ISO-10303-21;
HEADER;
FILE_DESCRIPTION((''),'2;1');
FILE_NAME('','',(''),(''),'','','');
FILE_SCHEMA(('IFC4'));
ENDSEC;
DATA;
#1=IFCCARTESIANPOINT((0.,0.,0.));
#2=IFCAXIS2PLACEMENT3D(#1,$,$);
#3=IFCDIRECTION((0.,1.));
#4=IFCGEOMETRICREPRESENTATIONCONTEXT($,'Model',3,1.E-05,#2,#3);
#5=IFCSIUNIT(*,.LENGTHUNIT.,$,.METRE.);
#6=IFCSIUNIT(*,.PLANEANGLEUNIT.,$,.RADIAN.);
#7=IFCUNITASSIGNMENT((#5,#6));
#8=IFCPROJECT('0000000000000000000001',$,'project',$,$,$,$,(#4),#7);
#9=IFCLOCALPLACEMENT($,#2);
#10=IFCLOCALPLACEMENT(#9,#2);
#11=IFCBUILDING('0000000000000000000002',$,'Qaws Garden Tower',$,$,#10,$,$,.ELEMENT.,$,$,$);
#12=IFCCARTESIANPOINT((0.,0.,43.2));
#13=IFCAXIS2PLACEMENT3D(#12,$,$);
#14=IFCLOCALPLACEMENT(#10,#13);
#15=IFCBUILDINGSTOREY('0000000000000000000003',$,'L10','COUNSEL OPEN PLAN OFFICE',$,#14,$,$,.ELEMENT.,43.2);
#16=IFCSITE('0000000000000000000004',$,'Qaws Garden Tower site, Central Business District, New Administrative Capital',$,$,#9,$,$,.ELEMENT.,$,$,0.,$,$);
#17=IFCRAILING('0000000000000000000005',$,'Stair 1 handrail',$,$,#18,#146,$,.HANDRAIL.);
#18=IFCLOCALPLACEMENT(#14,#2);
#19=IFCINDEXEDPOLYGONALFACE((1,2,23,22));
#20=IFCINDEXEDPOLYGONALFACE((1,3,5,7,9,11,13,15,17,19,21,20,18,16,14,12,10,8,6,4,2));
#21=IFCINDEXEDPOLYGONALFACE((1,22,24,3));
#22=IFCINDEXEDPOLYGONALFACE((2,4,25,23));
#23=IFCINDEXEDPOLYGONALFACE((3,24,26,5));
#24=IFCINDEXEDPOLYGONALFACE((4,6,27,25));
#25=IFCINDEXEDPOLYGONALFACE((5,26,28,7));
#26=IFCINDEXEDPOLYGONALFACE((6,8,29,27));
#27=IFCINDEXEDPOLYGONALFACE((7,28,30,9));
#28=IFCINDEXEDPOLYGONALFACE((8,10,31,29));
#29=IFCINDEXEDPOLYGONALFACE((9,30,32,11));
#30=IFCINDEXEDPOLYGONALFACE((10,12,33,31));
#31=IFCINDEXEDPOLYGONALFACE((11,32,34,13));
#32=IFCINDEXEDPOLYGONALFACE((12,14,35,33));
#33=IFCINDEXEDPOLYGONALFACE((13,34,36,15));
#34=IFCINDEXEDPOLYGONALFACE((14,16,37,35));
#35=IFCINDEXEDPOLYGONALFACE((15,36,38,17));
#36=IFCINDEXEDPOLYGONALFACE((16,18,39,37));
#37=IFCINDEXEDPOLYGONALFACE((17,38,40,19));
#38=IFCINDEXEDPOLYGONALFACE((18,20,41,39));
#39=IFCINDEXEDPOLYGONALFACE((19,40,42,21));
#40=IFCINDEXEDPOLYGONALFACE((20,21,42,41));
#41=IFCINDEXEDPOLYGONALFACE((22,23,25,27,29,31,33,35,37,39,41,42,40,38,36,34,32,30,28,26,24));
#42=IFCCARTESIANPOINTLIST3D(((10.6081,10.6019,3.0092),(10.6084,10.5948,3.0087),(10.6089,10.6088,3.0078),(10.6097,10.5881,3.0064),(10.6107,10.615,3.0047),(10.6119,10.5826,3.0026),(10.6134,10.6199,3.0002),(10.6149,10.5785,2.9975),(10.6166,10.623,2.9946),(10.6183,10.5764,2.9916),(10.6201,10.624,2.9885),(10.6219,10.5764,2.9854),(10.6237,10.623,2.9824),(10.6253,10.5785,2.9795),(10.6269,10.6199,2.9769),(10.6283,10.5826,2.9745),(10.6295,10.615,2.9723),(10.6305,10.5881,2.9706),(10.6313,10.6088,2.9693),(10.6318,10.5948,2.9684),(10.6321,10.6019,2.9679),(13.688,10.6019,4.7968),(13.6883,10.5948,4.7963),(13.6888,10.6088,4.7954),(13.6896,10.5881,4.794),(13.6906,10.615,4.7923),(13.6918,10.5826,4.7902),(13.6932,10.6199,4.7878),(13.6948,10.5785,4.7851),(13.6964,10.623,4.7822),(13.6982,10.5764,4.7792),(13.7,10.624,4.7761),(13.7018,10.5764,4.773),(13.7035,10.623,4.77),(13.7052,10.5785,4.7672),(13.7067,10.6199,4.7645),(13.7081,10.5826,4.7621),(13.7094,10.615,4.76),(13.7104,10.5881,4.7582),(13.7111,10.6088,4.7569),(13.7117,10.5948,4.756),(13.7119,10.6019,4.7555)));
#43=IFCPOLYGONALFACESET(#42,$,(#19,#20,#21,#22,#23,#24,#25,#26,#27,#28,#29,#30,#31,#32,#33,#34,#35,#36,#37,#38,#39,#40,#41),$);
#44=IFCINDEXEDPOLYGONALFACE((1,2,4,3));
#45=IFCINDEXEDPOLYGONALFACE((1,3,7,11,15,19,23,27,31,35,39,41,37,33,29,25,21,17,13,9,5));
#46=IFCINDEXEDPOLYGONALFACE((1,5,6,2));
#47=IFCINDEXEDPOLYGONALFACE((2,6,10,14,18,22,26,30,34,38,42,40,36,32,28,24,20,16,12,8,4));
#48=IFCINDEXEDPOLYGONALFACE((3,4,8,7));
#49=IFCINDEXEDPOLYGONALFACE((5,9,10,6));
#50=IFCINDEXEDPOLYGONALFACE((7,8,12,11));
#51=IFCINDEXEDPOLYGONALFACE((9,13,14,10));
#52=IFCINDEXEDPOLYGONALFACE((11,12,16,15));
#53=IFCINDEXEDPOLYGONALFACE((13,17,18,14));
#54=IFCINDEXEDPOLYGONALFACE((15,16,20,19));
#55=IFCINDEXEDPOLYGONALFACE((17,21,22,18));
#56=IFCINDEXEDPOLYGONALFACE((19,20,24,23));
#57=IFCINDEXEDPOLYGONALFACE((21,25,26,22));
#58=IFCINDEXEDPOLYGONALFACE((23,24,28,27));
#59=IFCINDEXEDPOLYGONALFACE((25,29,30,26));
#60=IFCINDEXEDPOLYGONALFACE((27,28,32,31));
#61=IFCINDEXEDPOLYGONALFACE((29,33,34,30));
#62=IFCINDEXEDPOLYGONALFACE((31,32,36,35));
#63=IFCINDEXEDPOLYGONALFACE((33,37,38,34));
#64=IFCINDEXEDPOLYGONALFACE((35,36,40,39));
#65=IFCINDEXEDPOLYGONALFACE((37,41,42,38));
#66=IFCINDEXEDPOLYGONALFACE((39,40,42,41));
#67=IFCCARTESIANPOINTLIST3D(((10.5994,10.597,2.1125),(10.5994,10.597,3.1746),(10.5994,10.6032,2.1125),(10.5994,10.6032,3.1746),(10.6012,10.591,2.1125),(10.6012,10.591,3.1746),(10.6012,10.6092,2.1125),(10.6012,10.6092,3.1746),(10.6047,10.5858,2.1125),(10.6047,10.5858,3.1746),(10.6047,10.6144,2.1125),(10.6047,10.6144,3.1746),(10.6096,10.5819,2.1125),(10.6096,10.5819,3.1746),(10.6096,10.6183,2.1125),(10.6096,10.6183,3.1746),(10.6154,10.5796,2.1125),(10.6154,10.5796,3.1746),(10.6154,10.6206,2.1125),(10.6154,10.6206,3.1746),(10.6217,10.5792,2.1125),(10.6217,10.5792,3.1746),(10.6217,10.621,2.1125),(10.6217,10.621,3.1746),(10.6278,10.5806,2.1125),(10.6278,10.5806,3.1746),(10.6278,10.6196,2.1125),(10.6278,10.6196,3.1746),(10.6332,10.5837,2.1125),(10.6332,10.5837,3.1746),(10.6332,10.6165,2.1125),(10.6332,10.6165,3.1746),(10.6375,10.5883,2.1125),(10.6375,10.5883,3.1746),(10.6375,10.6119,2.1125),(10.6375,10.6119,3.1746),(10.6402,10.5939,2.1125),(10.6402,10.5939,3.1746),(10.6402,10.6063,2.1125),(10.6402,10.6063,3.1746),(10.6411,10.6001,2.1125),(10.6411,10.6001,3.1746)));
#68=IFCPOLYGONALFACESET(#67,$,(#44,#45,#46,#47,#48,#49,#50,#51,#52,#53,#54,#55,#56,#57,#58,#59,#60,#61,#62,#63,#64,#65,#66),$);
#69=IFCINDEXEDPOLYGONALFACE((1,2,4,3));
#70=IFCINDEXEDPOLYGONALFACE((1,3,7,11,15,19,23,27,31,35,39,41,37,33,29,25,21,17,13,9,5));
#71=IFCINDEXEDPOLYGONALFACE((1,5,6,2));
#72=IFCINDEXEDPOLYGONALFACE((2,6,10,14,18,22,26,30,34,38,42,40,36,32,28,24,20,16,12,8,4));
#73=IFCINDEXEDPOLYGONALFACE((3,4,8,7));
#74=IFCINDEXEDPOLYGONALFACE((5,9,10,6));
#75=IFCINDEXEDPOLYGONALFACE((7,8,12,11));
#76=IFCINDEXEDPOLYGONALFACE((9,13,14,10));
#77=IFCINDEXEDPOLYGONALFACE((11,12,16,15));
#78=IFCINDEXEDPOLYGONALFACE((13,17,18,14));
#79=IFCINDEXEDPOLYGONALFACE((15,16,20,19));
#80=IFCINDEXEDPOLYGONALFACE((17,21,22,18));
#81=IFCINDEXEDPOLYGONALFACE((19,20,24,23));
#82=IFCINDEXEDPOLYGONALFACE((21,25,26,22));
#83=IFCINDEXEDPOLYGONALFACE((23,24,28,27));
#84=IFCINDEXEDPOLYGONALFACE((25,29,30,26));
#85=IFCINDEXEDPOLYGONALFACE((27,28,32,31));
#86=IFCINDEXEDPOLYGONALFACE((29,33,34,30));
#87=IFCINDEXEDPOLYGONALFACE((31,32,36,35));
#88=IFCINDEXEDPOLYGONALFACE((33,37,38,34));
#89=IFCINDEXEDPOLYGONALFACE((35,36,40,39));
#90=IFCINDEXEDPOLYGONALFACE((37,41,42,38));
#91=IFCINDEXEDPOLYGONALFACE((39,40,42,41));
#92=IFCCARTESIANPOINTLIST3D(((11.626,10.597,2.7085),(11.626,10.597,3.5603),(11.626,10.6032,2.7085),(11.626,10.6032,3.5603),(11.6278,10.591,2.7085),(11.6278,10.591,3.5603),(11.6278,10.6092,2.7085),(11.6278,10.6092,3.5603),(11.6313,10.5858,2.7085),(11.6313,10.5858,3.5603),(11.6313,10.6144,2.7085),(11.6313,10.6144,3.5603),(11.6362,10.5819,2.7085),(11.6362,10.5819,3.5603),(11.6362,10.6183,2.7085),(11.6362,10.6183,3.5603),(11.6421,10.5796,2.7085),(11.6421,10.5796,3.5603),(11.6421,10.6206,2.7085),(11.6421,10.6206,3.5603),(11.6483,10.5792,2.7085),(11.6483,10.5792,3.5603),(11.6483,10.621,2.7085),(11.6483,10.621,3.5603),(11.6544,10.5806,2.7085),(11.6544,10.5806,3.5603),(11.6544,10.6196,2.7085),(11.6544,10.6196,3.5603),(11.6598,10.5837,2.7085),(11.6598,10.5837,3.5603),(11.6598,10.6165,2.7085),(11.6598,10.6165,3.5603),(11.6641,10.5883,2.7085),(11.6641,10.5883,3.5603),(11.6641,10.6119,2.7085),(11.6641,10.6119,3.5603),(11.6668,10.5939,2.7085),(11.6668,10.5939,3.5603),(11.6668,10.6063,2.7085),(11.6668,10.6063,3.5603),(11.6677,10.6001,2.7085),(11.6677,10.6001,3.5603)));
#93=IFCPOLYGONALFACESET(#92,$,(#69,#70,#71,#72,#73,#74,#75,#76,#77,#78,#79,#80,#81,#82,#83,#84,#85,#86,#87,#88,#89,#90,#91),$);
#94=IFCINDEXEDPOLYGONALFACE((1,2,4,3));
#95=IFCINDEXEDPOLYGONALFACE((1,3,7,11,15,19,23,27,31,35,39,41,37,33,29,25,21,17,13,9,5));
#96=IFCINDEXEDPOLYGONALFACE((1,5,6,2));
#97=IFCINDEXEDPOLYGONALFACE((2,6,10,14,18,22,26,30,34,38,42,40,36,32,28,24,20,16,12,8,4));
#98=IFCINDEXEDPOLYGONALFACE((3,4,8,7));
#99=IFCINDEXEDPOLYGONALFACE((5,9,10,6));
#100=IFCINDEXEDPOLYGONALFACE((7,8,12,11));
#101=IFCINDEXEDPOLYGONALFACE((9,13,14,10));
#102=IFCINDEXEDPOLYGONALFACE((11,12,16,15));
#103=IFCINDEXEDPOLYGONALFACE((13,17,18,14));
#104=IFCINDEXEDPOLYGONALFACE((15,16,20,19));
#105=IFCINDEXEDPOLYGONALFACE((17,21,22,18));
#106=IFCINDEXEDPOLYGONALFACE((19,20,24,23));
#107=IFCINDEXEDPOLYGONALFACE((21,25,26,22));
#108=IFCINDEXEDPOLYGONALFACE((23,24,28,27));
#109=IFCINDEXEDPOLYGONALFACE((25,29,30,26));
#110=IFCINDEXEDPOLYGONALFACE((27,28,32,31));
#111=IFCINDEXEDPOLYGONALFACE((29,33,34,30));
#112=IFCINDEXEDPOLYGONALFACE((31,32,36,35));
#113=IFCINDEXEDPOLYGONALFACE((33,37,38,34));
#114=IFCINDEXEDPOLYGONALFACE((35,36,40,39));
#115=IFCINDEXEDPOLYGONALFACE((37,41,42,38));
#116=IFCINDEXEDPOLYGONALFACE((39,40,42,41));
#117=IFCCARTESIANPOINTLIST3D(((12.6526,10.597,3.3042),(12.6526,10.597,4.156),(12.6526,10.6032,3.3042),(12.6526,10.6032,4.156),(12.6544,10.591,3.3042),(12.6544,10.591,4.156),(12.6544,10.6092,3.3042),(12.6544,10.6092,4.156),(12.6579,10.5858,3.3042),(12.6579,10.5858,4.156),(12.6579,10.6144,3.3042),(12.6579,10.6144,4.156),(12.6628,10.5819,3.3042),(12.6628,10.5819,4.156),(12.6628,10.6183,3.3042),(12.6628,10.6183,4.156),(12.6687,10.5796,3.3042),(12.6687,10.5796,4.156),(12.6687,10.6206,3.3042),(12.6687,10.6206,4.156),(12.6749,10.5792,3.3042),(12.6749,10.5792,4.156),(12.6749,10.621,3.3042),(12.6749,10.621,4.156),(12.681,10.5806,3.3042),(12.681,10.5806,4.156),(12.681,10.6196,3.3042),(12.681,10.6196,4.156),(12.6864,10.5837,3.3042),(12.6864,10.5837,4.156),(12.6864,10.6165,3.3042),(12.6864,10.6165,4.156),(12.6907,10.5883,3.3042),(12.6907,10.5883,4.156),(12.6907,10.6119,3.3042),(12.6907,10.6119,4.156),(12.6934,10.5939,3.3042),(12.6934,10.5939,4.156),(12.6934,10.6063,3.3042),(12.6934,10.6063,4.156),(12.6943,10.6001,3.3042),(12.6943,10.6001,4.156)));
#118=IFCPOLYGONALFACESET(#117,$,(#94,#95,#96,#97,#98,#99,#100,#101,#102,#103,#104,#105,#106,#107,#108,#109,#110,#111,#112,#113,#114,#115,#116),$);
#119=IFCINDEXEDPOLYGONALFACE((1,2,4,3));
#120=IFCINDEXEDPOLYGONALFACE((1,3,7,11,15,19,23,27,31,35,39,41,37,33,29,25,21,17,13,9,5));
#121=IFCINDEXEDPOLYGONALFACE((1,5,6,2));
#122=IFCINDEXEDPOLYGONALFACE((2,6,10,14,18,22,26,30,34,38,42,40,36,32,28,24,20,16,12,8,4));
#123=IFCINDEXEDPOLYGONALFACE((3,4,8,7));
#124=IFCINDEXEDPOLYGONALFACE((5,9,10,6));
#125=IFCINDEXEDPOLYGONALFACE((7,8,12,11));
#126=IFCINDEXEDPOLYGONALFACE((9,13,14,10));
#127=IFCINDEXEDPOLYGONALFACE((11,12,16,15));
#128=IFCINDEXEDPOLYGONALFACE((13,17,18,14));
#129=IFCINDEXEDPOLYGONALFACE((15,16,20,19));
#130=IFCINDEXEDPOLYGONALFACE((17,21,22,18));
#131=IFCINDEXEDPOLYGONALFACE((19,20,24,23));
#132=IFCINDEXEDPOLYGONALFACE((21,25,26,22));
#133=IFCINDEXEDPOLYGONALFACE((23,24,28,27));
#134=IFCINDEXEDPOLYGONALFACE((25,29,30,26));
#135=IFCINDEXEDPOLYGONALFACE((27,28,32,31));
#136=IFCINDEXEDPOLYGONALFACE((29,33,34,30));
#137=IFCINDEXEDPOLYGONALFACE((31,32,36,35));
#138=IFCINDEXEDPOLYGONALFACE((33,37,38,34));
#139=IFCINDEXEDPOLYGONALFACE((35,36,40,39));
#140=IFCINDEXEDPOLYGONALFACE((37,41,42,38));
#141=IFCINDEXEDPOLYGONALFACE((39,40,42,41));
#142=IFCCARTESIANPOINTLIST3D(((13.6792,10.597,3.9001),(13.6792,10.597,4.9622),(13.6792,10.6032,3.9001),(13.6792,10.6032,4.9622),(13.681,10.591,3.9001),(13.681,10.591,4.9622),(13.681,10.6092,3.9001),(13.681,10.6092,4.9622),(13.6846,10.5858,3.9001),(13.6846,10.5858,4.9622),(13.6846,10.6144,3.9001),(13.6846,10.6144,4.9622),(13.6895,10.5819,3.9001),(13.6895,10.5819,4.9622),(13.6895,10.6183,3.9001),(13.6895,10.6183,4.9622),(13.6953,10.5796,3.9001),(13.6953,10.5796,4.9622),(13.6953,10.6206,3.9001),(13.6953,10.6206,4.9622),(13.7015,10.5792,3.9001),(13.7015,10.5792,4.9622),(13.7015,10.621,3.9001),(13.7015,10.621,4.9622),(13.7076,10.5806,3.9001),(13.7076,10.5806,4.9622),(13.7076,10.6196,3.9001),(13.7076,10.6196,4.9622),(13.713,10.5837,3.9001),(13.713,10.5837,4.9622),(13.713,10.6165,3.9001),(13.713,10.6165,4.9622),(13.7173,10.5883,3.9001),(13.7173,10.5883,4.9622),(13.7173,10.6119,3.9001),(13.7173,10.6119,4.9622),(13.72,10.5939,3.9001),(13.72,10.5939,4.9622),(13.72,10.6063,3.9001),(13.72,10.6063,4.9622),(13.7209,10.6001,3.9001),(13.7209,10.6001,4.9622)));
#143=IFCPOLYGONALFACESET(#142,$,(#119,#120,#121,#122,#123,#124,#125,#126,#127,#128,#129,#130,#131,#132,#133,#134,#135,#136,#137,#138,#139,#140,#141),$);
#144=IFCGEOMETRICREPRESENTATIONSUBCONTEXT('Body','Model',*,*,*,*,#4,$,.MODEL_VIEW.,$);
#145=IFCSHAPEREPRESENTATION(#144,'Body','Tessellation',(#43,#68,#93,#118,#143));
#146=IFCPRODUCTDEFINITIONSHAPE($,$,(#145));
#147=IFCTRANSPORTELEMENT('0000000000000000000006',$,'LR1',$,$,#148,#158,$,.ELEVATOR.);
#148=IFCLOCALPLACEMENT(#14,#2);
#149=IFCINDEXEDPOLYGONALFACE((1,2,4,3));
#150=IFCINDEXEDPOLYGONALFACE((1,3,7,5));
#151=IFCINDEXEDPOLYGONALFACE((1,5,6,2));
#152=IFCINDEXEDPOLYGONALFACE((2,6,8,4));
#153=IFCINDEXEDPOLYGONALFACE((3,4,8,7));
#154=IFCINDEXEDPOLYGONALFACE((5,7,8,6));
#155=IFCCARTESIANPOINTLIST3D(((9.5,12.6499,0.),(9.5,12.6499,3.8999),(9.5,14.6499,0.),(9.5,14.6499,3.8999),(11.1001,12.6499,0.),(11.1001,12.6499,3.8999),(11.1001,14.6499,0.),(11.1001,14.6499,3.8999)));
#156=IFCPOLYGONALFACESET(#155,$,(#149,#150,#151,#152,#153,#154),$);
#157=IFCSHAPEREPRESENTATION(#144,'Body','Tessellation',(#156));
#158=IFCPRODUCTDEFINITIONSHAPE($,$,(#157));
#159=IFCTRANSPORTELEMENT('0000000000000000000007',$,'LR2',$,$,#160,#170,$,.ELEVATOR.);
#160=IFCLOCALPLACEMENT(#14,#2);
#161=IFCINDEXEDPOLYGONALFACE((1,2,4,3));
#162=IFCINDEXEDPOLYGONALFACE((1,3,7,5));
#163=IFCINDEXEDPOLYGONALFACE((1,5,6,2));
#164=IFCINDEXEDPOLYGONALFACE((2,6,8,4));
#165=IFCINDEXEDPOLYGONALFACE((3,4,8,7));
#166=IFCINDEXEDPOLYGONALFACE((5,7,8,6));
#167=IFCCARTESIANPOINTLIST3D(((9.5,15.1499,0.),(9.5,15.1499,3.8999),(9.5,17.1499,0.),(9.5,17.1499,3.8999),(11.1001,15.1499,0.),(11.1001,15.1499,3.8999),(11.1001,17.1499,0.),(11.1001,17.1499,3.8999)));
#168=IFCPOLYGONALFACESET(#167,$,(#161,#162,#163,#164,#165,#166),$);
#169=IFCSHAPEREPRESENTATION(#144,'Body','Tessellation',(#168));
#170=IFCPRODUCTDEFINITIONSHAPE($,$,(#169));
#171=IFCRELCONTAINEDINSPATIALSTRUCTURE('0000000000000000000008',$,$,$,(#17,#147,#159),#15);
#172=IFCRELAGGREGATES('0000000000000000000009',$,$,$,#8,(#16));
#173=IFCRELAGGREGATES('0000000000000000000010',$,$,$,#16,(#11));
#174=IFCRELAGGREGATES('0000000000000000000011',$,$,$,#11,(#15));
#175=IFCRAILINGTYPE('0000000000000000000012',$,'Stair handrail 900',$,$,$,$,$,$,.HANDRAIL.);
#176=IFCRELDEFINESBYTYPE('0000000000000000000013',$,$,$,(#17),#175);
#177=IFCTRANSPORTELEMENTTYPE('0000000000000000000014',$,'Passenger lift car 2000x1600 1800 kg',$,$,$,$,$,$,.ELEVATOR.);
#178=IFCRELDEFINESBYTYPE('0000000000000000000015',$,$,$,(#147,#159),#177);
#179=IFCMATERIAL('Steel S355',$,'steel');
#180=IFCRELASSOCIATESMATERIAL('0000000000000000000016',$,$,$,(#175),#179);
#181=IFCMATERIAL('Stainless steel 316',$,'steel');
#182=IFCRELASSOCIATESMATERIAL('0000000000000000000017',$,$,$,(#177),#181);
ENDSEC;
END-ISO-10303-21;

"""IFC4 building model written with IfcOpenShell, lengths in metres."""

from ifc_helpers import new_model, si_unit, direction, frame, origin, origin_2d, place, context, subcontext, project, spatial, rectangle, circle, extrude, material, type_object, element, save


model = new_model("IFC4")

# Units and contexts
model_context = context("Model", 3, precision=1e-05, world=origin(), true_north=direction((0.0, 1.0)))
body_context = subcontext(model_context, "Body", "Model", "MODEL_VIEW")
ifc_project = project(units=[si_unit("LENGTHUNIT", "METRE"), si_unit("PLANEANGLEUNIT", "RADIAN")], contexts=[model_context])

# Site, building, storey
site_placement = place(None, origin())
site = spatial("IfcSite", under=ifc_project, at=site_placement, Name="Qaws Garden Tower site, Central Business District, New Administrative Capital", CompositionType="ELEMENT", RefElevation=0.0)
building_placement = place(site_placement, origin())
building = spatial("IfcBuilding", under=site, at=building_placement, Name="Qaws Garden Tower", CompositionType="ELEMENT")
storey_placement = place(building_placement, frame((0.0, 0.0, 43.2)))
storey = spatial("IfcBuildingStorey", under=building, at=storey_placement, Name="L10", Description="COUNSEL OPEN PLAN OFFICE", CompositionType="ELEMENT", Elevation=43.2)

# Railing
ifc_material_1 = material(Name="Steel S355", Category="steel")
railing_type = type_object("IfcRailingType", Name="Stair handrail 900", PredefinedType="HANDRAIL", material=ifc_material_1)
railing_1_placement = place(storey_placement, frame((10.6201, 10.6001, 2.1125)))
element("IfcRailing", 1, at=railing_1_placement, inside=storey, type_object=railing_type, Name="Stair 1 handrail", PredefinedType="HANDRAIL", context=body_context, shape_type="SweptSolid", body=[
    extrude(circle(Radius=0.0239, at=origin_2d()), frame((0.0, 0.0, 0.876), z_axis=(0.864873, 0.0, 0.50199), x_axis=(0.0, 1.0, 0.0)), (0.0, 0.0, 1.0), 3.561),
    extrude(circle(Radius=0.021, at=origin_2d()), origin(), (0.0, 0.0, 1.0), 1.062),
    extrude(circle(Radius=0.021, at=origin_2d()), frame((1.0266, 0.0, 0.5959)), (0.0, 0.0, 1.0), 0.8518),
    extrude(circle(Radius=0.021, at=origin_2d()), frame((2.0532, 0.0, 1.1917)), (0.0, 0.0, 1.0), 0.8518),
    extrude(circle(Radius=0.021, at=origin_2d()), frame((3.0798, 0.0, 1.7876)), (0.0, 0.0, 1.0), 1.062),
])

# Transport elements
ifc_material_2 = material(Name="Stainless steel 316", Category="steel")
transport_element_type = type_object("IfcTransportElementType", Name="Passenger lift car 2000x1600 1800 kg", PredefinedType="ELEVATOR", material=ifc_material_2)
for number, where, z_axis, x_axis, name in (
    (2, (10.3, 13.6499, 0.0), (0.0, 0.0, 1.0), (1.0, 0.0, 0.0), "LR1"),
    (3, (10.3, 16.1499, 0.0), (0.0, 0.0, 1.0), (1.0, 0.0, 0.0), "LR2"),
):
    element("IfcTransportElement", number, at=place(storey_placement, frame(where, z_axis=z_axis, x_axis=x_axis)), inside=storey, type_object=transport_element_type, Name=name, PredefinedType="ELEVATOR", context=body_context, shape_type="SweptSolid", body=[
        extrude(rectangle(XDim=1.6001, YDim=2.0, at=origin_2d()), origin(), (0.0, 0.0, 1.0), 3.8999),
    ])

save(model, "model.ifc")
